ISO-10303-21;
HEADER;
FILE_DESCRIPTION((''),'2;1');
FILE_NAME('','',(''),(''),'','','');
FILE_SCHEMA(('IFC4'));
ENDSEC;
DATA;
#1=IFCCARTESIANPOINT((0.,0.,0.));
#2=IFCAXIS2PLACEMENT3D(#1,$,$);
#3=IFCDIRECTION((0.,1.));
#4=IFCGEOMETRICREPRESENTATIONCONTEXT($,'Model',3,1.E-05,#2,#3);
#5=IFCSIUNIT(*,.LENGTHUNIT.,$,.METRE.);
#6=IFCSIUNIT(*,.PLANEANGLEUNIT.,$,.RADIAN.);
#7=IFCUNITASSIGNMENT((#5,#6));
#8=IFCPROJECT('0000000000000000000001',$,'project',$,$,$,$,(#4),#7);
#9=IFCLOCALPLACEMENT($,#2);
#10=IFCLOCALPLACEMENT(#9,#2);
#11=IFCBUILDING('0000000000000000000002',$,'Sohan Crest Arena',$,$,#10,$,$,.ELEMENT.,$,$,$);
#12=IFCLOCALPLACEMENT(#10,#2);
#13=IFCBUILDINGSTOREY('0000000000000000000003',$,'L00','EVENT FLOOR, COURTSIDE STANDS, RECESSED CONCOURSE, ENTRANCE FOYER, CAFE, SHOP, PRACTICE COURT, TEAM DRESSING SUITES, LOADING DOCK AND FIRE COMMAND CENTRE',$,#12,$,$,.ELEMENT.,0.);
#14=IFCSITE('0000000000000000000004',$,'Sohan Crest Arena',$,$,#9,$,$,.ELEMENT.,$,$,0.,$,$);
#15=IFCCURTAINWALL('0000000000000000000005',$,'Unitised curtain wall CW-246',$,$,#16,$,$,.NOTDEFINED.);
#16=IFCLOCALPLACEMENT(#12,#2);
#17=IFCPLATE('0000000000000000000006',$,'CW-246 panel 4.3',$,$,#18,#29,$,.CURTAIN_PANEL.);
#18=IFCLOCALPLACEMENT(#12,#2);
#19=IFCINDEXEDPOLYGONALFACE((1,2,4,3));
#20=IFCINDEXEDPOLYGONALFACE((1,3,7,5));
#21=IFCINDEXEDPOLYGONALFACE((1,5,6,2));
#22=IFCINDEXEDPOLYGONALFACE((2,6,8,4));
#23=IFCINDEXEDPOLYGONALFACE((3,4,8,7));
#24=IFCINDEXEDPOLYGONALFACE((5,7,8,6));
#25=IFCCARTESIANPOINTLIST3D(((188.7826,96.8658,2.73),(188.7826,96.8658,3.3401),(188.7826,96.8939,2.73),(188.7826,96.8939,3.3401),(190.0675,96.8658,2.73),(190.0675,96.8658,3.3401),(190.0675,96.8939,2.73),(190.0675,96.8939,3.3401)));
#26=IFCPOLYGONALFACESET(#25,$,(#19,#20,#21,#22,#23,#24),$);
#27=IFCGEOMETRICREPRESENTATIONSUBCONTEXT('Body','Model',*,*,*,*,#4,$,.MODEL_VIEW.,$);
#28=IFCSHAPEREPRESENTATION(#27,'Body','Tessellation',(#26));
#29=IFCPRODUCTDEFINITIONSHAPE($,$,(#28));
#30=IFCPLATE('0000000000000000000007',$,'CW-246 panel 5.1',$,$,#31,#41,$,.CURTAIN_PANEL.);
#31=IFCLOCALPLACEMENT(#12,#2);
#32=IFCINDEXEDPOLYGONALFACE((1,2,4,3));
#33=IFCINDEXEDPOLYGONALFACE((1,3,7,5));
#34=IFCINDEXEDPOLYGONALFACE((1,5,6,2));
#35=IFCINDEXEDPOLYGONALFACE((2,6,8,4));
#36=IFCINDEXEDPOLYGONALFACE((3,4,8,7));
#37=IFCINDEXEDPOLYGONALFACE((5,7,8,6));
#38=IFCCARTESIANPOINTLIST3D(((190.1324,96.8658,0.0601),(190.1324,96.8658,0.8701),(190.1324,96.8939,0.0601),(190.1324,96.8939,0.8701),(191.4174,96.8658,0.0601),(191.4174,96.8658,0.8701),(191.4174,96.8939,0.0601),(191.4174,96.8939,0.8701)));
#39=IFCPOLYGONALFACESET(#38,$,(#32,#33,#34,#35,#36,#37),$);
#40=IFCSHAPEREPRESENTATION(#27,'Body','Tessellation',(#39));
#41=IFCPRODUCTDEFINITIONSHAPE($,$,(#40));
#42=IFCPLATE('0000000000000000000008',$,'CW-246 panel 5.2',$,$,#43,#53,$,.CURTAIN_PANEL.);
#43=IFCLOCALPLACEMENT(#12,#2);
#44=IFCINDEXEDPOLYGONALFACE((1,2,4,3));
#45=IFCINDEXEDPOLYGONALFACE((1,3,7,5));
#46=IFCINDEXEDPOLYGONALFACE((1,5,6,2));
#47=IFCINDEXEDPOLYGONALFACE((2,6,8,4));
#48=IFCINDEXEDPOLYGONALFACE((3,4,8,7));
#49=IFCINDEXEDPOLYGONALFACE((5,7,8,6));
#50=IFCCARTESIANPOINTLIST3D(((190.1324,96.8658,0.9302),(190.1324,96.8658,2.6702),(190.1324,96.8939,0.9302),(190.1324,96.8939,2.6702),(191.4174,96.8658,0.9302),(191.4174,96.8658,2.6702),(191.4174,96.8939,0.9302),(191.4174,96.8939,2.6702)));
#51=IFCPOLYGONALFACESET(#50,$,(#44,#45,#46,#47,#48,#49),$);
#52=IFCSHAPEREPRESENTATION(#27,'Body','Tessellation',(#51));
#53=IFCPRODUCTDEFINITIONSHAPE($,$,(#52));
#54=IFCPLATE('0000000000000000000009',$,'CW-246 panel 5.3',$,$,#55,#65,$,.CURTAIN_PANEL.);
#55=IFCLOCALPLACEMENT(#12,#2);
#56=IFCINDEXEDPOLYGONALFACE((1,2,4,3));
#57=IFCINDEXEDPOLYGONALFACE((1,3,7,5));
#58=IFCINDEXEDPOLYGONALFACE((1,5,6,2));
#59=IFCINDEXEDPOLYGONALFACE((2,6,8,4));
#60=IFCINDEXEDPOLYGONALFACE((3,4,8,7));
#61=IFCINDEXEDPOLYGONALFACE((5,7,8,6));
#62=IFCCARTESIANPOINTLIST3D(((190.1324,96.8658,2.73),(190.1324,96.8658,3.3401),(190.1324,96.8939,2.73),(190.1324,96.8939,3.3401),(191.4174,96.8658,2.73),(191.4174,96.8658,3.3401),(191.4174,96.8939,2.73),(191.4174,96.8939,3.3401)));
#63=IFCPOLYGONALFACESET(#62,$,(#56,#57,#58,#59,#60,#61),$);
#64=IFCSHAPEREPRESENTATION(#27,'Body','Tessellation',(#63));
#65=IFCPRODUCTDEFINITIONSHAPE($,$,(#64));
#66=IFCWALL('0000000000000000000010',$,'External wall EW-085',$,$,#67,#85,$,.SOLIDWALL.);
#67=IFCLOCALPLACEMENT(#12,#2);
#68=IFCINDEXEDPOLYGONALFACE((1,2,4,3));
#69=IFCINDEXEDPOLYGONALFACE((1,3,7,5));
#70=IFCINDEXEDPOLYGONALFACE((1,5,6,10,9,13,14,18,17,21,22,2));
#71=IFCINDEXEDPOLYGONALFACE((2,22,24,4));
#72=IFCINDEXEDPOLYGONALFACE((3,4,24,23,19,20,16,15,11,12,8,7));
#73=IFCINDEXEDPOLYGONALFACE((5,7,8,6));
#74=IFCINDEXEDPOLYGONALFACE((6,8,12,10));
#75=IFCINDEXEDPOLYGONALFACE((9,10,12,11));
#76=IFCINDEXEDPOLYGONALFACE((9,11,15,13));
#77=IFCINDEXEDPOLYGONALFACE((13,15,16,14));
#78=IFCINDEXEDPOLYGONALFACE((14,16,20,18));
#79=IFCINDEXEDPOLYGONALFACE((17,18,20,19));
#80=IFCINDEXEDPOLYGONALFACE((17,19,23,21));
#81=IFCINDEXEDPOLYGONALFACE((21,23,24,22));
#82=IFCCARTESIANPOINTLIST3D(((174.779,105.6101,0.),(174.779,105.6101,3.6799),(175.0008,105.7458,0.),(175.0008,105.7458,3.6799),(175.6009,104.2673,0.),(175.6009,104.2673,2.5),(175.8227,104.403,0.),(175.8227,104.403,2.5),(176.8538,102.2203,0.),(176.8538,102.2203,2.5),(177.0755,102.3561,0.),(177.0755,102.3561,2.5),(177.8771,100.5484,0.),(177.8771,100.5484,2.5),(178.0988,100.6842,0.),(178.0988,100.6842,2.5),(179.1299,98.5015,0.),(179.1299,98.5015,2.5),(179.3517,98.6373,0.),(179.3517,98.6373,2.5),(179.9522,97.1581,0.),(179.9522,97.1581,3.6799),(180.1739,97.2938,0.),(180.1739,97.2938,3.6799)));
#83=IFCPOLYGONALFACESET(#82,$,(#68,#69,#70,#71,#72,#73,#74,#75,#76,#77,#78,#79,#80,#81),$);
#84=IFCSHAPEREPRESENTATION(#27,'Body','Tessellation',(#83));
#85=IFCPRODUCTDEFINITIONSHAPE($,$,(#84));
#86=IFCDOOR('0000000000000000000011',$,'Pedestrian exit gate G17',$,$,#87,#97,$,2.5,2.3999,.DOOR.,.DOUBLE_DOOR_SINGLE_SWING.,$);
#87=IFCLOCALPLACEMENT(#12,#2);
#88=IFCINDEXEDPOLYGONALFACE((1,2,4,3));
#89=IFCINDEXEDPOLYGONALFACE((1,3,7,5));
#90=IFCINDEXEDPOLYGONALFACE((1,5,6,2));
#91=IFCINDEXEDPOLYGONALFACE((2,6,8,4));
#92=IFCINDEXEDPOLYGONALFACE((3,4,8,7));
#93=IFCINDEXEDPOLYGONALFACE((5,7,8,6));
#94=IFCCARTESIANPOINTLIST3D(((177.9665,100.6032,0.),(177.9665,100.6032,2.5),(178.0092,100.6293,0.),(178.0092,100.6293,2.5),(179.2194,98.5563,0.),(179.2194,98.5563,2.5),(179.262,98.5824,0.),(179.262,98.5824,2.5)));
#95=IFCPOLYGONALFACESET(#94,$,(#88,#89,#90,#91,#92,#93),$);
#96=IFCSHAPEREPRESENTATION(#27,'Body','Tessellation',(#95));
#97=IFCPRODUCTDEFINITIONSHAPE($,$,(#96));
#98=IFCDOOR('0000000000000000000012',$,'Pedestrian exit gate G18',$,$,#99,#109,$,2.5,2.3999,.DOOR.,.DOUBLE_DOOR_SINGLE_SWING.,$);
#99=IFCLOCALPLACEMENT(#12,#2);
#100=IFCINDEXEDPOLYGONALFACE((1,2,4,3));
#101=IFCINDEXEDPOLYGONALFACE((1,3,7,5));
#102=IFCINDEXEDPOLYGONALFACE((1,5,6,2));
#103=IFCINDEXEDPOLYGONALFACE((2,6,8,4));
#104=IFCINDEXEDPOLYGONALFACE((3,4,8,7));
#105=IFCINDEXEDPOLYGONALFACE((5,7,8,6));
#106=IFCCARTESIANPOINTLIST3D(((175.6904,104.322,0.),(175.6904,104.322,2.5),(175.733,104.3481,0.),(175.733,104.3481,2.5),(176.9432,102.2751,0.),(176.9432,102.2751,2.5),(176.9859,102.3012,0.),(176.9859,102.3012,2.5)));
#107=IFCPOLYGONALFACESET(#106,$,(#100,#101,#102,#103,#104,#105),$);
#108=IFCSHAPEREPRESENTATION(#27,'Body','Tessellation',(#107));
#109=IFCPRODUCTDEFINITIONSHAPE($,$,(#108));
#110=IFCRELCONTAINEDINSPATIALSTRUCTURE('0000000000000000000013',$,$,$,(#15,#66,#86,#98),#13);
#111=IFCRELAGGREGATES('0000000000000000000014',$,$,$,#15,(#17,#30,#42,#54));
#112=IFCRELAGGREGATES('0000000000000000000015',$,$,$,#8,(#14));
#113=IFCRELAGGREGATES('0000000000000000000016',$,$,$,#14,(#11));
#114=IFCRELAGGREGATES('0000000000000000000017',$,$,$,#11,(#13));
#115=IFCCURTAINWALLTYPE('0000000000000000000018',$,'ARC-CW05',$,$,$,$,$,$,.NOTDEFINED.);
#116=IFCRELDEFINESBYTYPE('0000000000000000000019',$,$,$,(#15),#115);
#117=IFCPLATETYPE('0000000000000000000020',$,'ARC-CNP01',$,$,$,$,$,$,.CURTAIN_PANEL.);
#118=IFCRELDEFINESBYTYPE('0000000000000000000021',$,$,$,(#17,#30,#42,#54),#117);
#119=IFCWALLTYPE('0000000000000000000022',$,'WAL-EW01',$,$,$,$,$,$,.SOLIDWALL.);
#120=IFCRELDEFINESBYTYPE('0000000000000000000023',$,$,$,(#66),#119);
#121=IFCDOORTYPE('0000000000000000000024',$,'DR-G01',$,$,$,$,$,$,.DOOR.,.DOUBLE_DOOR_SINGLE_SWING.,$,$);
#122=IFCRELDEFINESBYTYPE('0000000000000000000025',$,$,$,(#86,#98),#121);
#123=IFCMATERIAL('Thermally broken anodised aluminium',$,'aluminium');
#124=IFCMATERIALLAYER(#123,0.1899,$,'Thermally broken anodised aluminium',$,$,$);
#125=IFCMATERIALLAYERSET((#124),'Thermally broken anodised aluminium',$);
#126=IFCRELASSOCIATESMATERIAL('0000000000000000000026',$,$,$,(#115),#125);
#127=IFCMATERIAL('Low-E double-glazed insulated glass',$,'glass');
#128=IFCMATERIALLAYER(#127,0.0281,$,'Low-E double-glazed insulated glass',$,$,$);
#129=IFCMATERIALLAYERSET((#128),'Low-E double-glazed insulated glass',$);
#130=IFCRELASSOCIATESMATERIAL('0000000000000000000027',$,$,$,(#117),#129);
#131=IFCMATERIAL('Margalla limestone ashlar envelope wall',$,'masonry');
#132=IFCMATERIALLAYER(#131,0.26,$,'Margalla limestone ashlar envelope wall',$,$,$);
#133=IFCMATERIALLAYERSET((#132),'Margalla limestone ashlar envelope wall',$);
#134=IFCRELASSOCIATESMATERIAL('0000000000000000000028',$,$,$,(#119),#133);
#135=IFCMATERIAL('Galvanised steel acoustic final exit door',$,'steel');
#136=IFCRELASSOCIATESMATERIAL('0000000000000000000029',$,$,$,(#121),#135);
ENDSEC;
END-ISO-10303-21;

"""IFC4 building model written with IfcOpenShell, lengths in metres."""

from ifc_helpers import new_model, si_unit, direction, frame, frame_2d, origin, origin_2d, place, context, subcontext, project, spatial, rectangle, extrude, material, layer, layer_set, type_object, element, fill, aggregate, save


model = new_model("IFC4")

# Units and contexts
model_context = context("Model", 3, precision=1e-05, world=origin(), true_north=direction((0.0, 1.0)))
body_context = subcontext(model_context, "Body", "Model", "MODEL_VIEW")
ifc_project = project(units=[si_unit("LENGTHUNIT", "METRE"), si_unit("PLANEANGLEUNIT", "RADIAN")], contexts=[model_context])

# Site, building, storey
site_placement = place(None, origin())
site = spatial("IfcSite", under=ifc_project, at=site_placement, Name="Sohan Crest Arena", CompositionType="ELEMENT", RefElevation=0.0)
building_placement = place(site_placement, origin())
building = spatial("IfcBuilding", under=site, at=building_placement, Name="Sohan Crest Arena", CompositionType="ELEMENT")
storey_placement = place(building_placement, origin())
storey = spatial("IfcBuildingStorey", under=building, at=storey_placement, Name="L00", Description="EVENT FLOOR, COURTSIDE STANDS, RECESSED CONCOURSE, ENTRANCE FOYER, CAFE, SHOP, PRACTICE COURT, TEAM DRESSING SUITES, LOADING DOCK AND FIRE COMMAND CENTRE", CompositionType="ELEMENT", Elevation=0.0)

# Curtain wall
ifc_material_1 = material(Name="Thermally broken anodised aluminium", Category="aluminium")
ifc_layer_1 = layer(ifc_material_1, 0.1899, Name="Thermally broken anodised aluminium")
ifc_layer_set_1 = layer_set([ifc_layer_1], Name="Thermally broken anodised aluminium")
curtain_wall_type = type_object("IfcCurtainWallType", Name="ARC-CW05", PredefinedType="NOTDEFINED", material=ifc_layer_set_1)
curtain_wall_placement = place(storey_placement, origin())
curtain_wall = element("IfcCurtainWall", 1, at=curtain_wall_placement, inside=storey, type_object=curtain_wall_type, Name="Unitised curtain wall CW-246", PredefinedType="NOTDEFINED")

# Plates
ifc_material_2 = material(Name="Low-E double-glazed insulated glass", Category="glass")
ifc_layer_2 = layer(ifc_material_2, 0.0281, Name="Low-E double-glazed insulated glass")
ifc_layer_set_2 = layer_set([ifc_layer_2], Name="Low-E double-glazed insulated glass")
plate_type = type_object("IfcPlateType", Name="ARC-CNP01", PredefinedType="CURTAIN_PANEL", material=ifc_layer_set_2)
plate_1_placement = place(storey_placement, frame((189.425, 96.8799, 2.73), z_axis=(0.0, 0.0, 1.0), x_axis=(1.0, 0.0, 0.0)))
plate_1 = element("IfcPlate", 2, at=plate_1_placement, type_object=plate_type, Name="CW-246 panel 4.3", PredefinedType="CURTAIN_PANEL", context=body_context, shape_type="SweptSolid", body=[
    extrude(rectangle(XDim=1.2849, YDim=0.0281, at=origin_2d()), origin(), (0.0, 0.0, 1.0), 0.6101),
])
plate_2_placement = place(storey_placement, frame((190.7749, 96.8799, 0.0601), z_axis=(0.0, 0.0, 1.0), x_axis=(1.0, 0.0, 0.0)))
plate_2 = element("IfcPlate", 3, at=plate_2_placement, type_object=plate_type, Name="CW-246 panel 5.1", PredefinedType="CURTAIN_PANEL", context=body_context, shape_type="SweptSolid", body=[
    extrude(rectangle(XDim=1.2849, YDim=0.0281, at=origin_2d()), origin(), (0.0, 0.0, 1.0), 0.8101),
])
plate_3_placement = place(storey_placement, frame((190.7749, 96.8799, 0.9302), z_axis=(0.0, 0.0, 1.0), x_axis=(1.0, 0.0, 0.0)))
plate_3 = element("IfcPlate", 4, at=plate_3_placement, type_object=plate_type, Name="CW-246 panel 5.2", PredefinedType="CURTAIN_PANEL", context=body_context, shape_type="SweptSolid", body=[
    extrude(rectangle(XDim=1.2849, YDim=0.0281, at=origin_2d()), origin(), (0.0, 0.0, 1.0), 1.74),
])
plate_4_placement = place(storey_placement, frame((190.7749, 96.8799, 2.73), z_axis=(0.0, 0.0, 1.0), x_axis=(1.0, 0.0, 0.0)))
plate_4 = element("IfcPlate", 5, at=plate_4_placement, type_object=plate_type, Name="CW-246 panel 5.3", PredefinedType="CURTAIN_PANEL", context=body_context, shape_type="SweptSolid", body=[
    extrude(rectangle(XDim=1.2849, YDim=0.0281, at=origin_2d()), origin(), (0.0, 0.0, 1.0), 0.6101),
])
aggregate(curtain_wall, [plate_1, plate_2, plate_3, plate_4])

# Wall, openings, doors
ifc_material_3 = material(Name="Margalla limestone ashlar envelope wall", Category="masonry")
ifc_layer_3 = layer(ifc_material_3, 0.26, Name="Margalla limestone ashlar envelope wall")
ifc_layer_set_3 = layer_set([ifc_layer_3], Name="Margalla limestone ashlar envelope wall")
wall_type = type_object("IfcWallType", Name="WAL-EW01", PredefinedType="SOLIDWALL", material=ifc_layer_set_3)
wall_placement = place(storey_placement, frame((180.063, 97.2261, 0.0), z_axis=(0.0, 0.0, 1.0), x_axis=(-0.522041, 0.85292, 0.0)))
wall = element("IfcWall", 6, at=wall_placement, inside=storey, type_object=wall_type, Name="External wall EW-085", PredefinedType="SOLIDWALL", context=body_context, shape_type="SweptSolid", body=[
    extrude(rectangle(XDim=9.9094, YDim=0.26, at=frame_2d((4.9546, 0.0))), origin(), (0.0, 0.0, 1.0), 3.6799),
])
opening_1_placement = place(wall_placement, frame((1.575, 0.0, 0.0)))
opening_1 = element("IfcOpeningElement", 7, at=opening_1_placement, cuts=wall, PredefinedType="OPENING", context=body_context, shape_type="SweptSolid", body=[
    extrude(rectangle(XDim=2.3999, YDim=2.5, at=frame_2d((1.2, 1.25))), frame((0.0, 0.1399, 0.0), z_axis=(0.0, -1.0, 0.0), x_axis=(1.0, 0.0, 0.0)), (0.0, 0.0, 1.0), 0.28),
])
opening_2_placement = place(wall_placement, frame((5.9351, 0.0, 0.0)))
opening_2 = element("IfcOpeningElement", 8, at=opening_2_placement, cuts=wall, PredefinedType="OPENING", context=body_context, shape_type="SweptSolid", body=[
    extrude(rectangle(XDim=2.3999, YDim=2.5, at=frame_2d((1.2, 1.25))), frame((0.0, 0.1399, 0.0), z_axis=(0.0, -1.0, 0.0), x_axis=(1.0, 0.0, 0.0)), (0.0, 0.0, 1.0), 0.28),
])
ifc_material_4 = material(Name="Galvanised steel acoustic final exit door", Category="steel")
door_type = type_object("IfcDoorType", Name="DR-G01", OperationType="DOUBLE_DOOR_SINGLE_SWING", PredefinedType="DOOR", material=ifc_material_4)
door_1_placement = place(opening_1_placement, frame((2.3999, 0.0, 0.0), z_axis=(0.0, 0.0, 1.0), x_axis=(-1.0, 0.0, 0.0)))
door_1 = element("IfcDoor", 9, at=door_1_placement, inside=storey, type_object=door_type, Name="Pedestrian exit gate G17", OperationType="DOUBLE_DOOR_SINGLE_SWING", OverallHeight=2.5, OverallWidth=2.3999, PredefinedType="DOOR", context=body_context, shape_type="SweptSolid", body=[
    extrude(rectangle(XDim=2.3999, YDim=2.5, at=frame_2d((1.2, 1.25))), frame((0.0, 0.0249, 0.0), z_axis=(0.0, -1.0, 0.0), x_axis=(1.0, 0.0, 0.0)), (0.0, 0.0, 1.0), 0.05),
])
fill(opening_1, door_1)
door_2_placement = place(opening_2_placement, frame((2.3999, 0.0, 0.0), z_axis=(0.0, 0.0, 1.0), x_axis=(-1.0, 0.0, 0.0)))
door_2 = element("IfcDoor", 10, at=door_2_placement, inside=storey, type_object=door_type, Name="Pedestrian exit gate G18", OperationType="DOUBLE_DOOR_SINGLE_SWING", OverallHeight=2.5, OverallWidth=2.3999, PredefinedType="DOOR", context=body_context, shape_type="SweptSolid", body=[
    extrude(rectangle(XDim=2.3999, YDim=2.5, at=frame_2d((1.2, 1.25))), frame((0.0, 0.0249, 0.0), z_axis=(0.0, -1.0, 0.0), x_axis=(1.0, 0.0, 0.0)), (0.0, 0.0, 1.0), 0.05),
])
fill(opening_2, door_2)

save(model, "model.ifc")
